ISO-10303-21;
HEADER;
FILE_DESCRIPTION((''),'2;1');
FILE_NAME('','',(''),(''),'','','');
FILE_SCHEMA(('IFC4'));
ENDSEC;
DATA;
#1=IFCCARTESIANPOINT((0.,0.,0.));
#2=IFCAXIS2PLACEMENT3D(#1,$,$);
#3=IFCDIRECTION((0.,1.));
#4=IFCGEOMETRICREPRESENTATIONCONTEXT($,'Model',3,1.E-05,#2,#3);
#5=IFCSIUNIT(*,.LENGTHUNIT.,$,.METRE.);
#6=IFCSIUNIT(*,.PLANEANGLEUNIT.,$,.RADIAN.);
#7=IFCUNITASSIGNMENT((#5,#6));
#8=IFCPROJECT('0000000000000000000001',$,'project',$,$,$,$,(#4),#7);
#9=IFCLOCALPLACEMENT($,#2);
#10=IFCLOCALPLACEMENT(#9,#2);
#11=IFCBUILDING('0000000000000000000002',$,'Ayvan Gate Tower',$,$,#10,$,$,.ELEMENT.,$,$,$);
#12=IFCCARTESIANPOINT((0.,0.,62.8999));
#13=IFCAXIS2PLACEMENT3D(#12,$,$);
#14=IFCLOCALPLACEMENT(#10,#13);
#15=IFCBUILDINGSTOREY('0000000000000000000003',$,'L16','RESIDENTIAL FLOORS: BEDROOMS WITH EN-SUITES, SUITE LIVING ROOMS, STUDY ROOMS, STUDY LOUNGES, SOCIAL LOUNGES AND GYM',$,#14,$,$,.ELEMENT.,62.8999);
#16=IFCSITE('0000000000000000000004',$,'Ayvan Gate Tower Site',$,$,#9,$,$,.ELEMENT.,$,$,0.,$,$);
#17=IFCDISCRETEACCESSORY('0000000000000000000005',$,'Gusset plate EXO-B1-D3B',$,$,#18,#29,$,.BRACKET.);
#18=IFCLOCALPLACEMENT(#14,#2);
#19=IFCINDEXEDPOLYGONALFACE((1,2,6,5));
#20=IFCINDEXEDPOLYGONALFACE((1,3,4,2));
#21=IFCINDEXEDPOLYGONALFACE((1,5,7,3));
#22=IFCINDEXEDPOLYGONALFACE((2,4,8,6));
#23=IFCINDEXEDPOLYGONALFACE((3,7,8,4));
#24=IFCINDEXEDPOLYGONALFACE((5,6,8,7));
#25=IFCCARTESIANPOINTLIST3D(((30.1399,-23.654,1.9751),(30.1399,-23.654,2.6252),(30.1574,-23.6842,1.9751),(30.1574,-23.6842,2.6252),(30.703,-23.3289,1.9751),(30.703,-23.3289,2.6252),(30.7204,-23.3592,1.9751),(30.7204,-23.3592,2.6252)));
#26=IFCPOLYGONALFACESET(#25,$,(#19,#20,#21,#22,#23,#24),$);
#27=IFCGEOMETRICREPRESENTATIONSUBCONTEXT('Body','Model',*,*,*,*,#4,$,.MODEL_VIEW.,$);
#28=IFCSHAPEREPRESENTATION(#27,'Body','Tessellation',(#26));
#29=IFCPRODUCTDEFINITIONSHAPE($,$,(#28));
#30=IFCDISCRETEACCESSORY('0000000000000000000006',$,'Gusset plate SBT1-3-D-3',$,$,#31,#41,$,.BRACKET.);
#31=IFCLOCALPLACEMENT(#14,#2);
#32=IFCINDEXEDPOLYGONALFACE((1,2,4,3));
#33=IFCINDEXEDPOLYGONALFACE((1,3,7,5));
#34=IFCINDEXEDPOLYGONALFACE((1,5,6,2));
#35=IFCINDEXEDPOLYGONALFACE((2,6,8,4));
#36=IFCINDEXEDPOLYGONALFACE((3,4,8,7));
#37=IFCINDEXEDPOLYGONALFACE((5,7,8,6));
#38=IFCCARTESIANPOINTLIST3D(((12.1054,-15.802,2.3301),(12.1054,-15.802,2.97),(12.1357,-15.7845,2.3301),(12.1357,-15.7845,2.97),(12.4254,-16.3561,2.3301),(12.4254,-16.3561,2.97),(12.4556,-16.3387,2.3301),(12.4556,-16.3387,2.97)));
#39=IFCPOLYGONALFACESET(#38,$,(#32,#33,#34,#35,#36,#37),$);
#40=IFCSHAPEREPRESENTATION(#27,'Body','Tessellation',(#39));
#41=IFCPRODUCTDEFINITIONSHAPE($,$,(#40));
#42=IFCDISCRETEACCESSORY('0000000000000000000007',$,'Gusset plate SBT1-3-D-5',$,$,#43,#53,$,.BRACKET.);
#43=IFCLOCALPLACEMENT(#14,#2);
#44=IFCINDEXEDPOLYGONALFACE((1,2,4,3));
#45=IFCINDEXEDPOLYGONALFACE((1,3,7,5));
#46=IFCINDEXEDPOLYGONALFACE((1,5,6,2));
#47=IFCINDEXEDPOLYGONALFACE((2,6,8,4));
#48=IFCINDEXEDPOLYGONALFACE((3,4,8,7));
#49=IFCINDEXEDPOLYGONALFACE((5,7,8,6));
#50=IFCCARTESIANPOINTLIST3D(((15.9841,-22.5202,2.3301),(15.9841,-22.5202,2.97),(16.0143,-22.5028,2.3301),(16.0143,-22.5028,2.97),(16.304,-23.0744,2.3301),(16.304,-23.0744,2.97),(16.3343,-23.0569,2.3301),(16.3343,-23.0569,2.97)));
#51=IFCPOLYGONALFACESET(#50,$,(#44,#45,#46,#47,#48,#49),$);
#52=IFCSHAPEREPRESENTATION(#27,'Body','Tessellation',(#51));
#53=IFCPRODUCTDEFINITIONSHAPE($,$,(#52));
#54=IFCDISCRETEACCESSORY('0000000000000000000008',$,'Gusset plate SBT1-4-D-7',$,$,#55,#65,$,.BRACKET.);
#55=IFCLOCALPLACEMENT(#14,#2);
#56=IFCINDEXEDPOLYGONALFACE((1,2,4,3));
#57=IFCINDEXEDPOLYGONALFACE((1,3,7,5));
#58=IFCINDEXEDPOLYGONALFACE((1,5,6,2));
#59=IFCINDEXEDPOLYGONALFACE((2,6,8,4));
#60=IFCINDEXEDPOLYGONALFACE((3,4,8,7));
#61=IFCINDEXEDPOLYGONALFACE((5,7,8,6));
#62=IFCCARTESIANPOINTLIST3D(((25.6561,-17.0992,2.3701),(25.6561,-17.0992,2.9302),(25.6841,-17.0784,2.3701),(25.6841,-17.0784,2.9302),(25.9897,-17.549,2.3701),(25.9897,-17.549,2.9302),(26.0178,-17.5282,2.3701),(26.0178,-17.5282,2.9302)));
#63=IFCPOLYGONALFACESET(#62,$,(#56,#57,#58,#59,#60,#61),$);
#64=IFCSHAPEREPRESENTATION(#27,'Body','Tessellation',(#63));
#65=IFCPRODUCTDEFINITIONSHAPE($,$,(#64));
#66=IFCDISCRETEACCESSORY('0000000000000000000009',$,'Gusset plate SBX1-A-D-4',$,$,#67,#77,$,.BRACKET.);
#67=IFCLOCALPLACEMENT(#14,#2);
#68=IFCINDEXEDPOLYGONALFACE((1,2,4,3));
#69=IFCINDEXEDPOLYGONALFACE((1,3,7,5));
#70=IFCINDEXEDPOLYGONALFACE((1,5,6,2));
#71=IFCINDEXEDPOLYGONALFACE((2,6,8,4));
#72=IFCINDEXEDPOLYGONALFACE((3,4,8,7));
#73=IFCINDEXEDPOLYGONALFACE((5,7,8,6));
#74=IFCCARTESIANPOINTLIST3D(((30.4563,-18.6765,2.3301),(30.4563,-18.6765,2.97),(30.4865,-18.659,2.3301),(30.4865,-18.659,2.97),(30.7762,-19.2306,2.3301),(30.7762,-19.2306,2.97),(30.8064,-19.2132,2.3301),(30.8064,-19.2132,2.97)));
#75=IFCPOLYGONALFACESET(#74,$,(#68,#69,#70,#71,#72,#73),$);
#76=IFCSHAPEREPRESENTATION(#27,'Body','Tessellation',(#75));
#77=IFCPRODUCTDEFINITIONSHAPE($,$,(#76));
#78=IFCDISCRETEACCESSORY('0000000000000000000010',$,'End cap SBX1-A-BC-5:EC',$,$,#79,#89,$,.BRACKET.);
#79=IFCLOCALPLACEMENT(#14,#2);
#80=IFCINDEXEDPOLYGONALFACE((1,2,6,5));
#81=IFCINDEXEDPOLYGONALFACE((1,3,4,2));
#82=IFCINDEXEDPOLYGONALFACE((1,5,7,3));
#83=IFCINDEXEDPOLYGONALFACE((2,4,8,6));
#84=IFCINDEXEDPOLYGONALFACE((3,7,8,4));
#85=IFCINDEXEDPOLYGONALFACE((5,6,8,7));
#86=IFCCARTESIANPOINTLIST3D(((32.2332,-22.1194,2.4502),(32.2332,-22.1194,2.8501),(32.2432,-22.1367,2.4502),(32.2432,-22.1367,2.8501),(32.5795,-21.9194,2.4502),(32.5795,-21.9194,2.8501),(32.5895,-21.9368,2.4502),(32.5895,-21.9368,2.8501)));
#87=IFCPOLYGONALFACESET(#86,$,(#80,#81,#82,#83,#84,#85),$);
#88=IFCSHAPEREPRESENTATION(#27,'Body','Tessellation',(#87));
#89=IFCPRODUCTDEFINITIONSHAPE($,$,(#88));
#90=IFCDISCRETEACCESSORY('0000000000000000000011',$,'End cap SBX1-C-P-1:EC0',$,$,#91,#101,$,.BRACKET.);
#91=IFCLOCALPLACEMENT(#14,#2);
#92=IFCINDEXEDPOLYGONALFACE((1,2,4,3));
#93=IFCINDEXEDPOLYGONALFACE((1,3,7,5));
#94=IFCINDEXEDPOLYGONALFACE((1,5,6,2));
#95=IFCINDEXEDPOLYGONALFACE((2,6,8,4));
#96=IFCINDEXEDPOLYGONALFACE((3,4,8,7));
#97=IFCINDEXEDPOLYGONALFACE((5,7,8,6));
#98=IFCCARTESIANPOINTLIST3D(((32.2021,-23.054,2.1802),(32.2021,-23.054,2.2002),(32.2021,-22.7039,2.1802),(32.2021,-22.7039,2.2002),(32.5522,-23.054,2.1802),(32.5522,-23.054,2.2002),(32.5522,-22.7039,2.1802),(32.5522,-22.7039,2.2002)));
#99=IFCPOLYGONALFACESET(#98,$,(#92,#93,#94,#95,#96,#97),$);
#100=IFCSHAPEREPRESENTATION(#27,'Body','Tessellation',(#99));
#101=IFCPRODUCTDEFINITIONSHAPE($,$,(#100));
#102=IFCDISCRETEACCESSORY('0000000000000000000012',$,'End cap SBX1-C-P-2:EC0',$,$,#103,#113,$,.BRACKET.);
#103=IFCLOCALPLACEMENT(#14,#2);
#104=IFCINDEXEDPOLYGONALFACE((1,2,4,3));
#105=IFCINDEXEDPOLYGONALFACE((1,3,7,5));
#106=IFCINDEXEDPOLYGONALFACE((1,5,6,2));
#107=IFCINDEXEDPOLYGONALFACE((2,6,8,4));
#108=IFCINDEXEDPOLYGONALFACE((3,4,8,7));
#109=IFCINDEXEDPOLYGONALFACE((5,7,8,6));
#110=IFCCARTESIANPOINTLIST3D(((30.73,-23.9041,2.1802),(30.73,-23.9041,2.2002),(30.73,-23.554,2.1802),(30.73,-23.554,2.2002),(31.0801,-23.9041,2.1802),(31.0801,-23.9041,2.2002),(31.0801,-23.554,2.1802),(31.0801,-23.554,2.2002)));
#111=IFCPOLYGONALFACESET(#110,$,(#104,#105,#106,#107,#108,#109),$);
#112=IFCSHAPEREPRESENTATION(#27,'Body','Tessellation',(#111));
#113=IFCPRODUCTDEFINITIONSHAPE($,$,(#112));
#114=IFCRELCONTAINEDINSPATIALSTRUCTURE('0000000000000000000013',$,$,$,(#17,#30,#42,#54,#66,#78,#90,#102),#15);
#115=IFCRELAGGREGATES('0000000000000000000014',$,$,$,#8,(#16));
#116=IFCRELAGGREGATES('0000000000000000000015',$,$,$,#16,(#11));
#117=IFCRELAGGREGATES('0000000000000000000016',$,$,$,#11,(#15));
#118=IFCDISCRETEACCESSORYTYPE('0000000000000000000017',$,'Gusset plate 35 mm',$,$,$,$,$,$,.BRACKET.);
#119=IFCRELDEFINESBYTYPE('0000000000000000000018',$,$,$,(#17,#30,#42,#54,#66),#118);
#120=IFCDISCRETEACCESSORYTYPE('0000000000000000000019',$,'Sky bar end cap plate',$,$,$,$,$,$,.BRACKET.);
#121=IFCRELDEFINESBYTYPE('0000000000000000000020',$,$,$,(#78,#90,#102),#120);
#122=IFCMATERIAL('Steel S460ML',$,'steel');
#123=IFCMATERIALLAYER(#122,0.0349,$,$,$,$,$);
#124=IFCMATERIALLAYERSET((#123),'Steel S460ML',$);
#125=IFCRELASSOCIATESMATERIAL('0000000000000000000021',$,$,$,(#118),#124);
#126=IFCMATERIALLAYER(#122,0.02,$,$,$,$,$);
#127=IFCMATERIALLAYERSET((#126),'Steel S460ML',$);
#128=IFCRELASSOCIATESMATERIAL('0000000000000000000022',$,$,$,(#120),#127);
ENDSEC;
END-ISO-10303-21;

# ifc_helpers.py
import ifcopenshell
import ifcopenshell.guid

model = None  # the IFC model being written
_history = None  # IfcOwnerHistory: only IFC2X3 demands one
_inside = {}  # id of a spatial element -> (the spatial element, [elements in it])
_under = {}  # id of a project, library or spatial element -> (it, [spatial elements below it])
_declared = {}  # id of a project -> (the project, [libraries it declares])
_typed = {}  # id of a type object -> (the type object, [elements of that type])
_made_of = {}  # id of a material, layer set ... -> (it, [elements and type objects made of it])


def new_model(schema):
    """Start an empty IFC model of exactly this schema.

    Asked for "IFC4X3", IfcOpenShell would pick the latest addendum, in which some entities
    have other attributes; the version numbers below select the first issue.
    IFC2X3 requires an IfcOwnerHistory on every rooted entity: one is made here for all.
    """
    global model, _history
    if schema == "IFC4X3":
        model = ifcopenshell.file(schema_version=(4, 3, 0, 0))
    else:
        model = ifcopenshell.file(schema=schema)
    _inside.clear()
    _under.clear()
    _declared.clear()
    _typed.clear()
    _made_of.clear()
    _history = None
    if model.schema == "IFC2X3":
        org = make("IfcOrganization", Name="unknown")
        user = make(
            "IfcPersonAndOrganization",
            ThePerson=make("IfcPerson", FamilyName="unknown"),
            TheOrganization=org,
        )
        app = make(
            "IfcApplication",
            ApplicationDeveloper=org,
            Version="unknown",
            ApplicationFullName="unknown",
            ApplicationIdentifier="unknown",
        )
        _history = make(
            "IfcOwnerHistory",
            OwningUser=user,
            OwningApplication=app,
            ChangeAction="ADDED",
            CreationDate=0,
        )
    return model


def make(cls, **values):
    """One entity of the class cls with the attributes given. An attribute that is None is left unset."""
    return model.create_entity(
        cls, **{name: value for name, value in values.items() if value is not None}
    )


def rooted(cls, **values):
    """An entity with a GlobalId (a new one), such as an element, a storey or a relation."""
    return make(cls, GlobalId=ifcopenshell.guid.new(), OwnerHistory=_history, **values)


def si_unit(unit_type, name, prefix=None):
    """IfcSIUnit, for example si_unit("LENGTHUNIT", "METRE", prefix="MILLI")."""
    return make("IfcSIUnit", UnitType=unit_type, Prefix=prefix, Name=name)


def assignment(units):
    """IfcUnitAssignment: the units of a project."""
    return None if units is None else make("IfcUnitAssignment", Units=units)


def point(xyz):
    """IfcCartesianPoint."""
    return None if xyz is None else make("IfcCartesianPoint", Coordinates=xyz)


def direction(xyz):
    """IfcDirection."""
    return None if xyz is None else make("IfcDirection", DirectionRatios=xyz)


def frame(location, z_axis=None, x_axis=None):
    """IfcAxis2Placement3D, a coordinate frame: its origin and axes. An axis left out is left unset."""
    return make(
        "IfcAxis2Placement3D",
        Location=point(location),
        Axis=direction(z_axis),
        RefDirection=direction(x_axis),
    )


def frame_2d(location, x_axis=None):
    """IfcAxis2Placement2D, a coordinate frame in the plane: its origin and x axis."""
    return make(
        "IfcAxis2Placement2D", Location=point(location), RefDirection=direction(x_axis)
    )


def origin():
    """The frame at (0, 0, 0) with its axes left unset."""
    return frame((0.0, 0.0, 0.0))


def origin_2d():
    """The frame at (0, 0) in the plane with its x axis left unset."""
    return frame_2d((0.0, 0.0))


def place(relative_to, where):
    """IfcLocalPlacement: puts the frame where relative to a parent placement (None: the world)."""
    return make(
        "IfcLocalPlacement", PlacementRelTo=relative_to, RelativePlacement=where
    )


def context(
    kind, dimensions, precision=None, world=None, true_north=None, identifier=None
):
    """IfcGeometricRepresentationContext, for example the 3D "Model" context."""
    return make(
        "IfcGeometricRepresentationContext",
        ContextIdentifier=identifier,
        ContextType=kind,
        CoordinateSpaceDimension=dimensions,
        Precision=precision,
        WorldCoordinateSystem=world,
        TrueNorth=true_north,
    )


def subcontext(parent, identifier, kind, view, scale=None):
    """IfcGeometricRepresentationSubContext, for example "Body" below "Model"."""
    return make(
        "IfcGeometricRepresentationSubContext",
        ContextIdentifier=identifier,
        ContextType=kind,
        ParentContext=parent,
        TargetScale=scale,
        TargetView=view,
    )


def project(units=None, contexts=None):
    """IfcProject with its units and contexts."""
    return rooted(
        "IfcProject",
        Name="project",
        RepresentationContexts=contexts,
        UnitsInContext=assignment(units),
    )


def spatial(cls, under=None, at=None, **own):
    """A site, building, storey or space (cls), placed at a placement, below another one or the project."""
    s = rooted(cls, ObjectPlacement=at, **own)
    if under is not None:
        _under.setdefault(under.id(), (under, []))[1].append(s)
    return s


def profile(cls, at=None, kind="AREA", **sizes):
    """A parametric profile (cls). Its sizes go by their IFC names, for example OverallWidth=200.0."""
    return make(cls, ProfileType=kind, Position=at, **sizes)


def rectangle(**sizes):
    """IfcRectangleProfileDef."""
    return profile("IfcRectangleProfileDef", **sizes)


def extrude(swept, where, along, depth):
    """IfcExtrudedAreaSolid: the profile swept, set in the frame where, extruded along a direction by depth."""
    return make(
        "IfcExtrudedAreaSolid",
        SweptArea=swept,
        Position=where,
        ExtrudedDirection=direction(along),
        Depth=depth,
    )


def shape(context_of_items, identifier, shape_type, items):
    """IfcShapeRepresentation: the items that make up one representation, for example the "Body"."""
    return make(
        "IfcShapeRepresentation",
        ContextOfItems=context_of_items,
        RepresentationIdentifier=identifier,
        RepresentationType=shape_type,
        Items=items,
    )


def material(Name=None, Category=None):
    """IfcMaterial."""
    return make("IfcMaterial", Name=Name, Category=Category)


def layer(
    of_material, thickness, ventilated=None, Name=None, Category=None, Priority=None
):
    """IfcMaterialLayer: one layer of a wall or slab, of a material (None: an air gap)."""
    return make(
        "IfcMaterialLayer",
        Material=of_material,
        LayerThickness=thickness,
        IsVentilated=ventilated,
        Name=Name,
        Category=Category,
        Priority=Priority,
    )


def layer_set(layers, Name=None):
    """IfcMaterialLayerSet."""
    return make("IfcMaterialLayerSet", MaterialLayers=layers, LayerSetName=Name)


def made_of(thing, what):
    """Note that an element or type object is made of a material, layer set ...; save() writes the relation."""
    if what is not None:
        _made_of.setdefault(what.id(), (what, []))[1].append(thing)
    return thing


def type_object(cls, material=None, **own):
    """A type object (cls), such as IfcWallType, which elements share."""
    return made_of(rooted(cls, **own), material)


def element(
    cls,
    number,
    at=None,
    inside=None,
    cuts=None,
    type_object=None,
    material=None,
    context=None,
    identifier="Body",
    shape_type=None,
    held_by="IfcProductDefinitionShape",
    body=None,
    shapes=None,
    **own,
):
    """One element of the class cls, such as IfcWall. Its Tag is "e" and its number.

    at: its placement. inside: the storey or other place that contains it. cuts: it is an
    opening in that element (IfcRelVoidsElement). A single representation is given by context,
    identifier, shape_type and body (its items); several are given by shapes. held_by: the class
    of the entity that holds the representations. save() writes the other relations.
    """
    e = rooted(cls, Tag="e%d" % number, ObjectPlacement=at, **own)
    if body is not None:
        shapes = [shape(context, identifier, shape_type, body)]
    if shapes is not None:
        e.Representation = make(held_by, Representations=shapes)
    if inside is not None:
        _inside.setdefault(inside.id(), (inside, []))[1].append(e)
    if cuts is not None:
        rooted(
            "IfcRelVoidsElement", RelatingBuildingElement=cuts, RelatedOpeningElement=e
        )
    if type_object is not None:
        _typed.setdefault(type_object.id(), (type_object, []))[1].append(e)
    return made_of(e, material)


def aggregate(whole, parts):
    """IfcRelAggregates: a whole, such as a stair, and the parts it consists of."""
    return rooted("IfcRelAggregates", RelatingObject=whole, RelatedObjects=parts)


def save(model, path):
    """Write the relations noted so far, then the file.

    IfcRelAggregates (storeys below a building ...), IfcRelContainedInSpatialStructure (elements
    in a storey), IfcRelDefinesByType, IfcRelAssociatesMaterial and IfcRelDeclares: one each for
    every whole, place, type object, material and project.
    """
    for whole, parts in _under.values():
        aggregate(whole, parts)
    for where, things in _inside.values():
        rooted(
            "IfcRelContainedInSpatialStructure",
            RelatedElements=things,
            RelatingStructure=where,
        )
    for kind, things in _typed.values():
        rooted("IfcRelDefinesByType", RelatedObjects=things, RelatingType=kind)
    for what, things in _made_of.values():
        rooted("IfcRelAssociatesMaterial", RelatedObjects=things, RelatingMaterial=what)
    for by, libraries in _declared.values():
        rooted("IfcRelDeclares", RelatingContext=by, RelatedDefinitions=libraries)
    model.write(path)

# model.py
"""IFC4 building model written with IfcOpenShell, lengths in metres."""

from ifc_helpers import new_model, si_unit, direction, frame, origin, origin_2d, place, context, subcontext, project, spatial, rectangle, extrude, material, layer, layer_set, type_object, element, save


model = new_model("IFC4")

# Units and contexts
model_context = context("Model", 3, precision=1e-05, world=origin(), true_north=direction((0.0, 1.0)))
body_context = subcontext(model_context, "Body", "Model", "MODEL_VIEW")
ifc_project = project(units=[si_unit("LENGTHUNIT", "METRE"), si_unit("PLANEANGLEUNIT", "RADIAN")], contexts=[model_context])

# Site, building, storey
site_placement = place(None, origin())
site = spatial("IfcSite", under=ifc_project, at=site_placement, Name="Ayvan Gate Tower Site", CompositionType="ELEMENT", RefElevation=0.0)
building_placement = place(site_placement, origin())
building = spatial("IfcBuilding", under=site, at=building_placement, Name="Ayvan Gate Tower", CompositionType="ELEMENT")
storey_placement = place(building_placement, frame((0.0, 0.0, 62.8999)))
storey = spatial("IfcBuildingStorey", under=building, at=storey_placement, Name="L16", Description="RESIDENTIAL FLOORS: BEDROOMS WITH EN-SUITES, SUITE LIVING ROOMS, STUDY ROOMS, STUDY LOUNGES, SOCIAL LOUNGES AND GYM", CompositionType="ELEMENT", Elevation=62.8999)

# Discrete accessories
ifc_material_1 = material(Name="Steel S460ML", Category="steel")
ifc_layer_1 = layer(ifc_material_1, 0.0349)
ifc_layer_set_1 = layer_set([ifc_layer_1], Name="Steel S460ML")
discrete_accessory_type_1 = type_object("IfcDiscreteAccessoryType", Name="Gusset plate 35 mm", PredefinedType="BRACKET", material=ifc_layer_set_1)
for number, where, z_axis, x_axis, name in (
    (1, (30.4302, -23.5066, 1.9751), (0.0, 0.0, 1.0), (0.866025, 0.5, 0.0), "Gusset plate EXO-B1-D3B"),
):
    element("IfcDiscreteAccessory", number, at=place(storey_placement, frame(where, z_axis=z_axis, x_axis=x_axis)), inside=storey, type_object=discrete_accessory_type_1, Name=name, PredefinedType="BRACKET", context=body_context, shape_type="SweptSolid", body=[
        extrude(rectangle(XDim=0.6501, YDim=0.0349, at=origin_2d()), origin(), (0.0, 0.0, 1.0), 0.6501),
    ])
for number, where, z_axis, x_axis, name in (
    (2, (12.2805, -16.0703, 2.3301), (0.0, 0.0, 1.0), (-0.5, 0.866025, 0.0), "Gusset plate SBT1-3-D-3"),
    (3, (16.1592, -22.7886, 2.3301), (0.0, 0.0, 1.0), (-0.5, 0.866025, 0.0), "Gusset plate SBT1-3-D-5"),
):
    element("IfcDiscreteAccessory", number, at=place(storey_placement, frame(where, z_axis=z_axis, x_axis=x_axis)), inside=storey, type_object=discrete_accessory_type_1, Name=name, PredefinedType="BRACKET", context=body_context, shape_type="SweptSolid", body=[
        extrude(rectangle(XDim=0.6399, YDim=0.0349, at=origin_2d()), origin(), (0.0, 0.0, 1.0), 0.6399),
    ])
discrete_accessory_1_placement = place(storey_placement, frame((25.8369, -17.3137, 2.3701), z_axis=(0.0, 0.0, 1.0), x_axis=(-0.595718, 0.803194, 0.0)))
element("IfcDiscreteAccessory", 4, at=discrete_accessory_1_placement, inside=storey, type_object=discrete_accessory_type_1, Name="Gusset plate SBT1-4-D-7", PredefinedType="BRACKET", context=body_context, shape_type="SweptSolid", body=[
    extrude(rectangle(XDim=0.5601, YDim=0.0349, at=origin_2d()), origin(), (0.0, 0.0, 1.0), 0.5601),
])
discrete_accessory_2_placement = place(storey_placement, frame((30.6313, -18.9448, 2.3301), z_axis=(0.0, 0.0, 1.0), x_axis=(-0.5, 0.866025, 0.0)))
element("IfcDiscreteAccessory", 5, at=discrete_accessory_2_placement, inside=storey, type_object=discrete_accessory_type_1, Name="Gusset plate SBX1-A-D-4", PredefinedType="BRACKET", context=body_context, shape_type="SweptSolid", body=[
    extrude(rectangle(XDim=0.6399, YDim=0.0349, at=origin_2d()), origin(), (0.0, 0.0, 1.0), 0.6399),
])
ifc_layer_2 = layer(ifc_material_1, 0.02)
ifc_layer_set_2 = layer_set([ifc_layer_2], Name="Steel S460ML")
discrete_accessory_type_2 = type_object("IfcDiscreteAccessoryType", Name="Sky bar end cap plate", PredefinedType="BRACKET", material=ifc_layer_set_2)
discrete_accessory_3_placement = place(storey_placement, frame((32.4114, -22.0281, 2.4502), z_axis=(0.0, 0.0, 1.0), x_axis=(0.5, -0.866025, 0.0)))
element("IfcDiscreteAccessory", 6, at=discrete_accessory_3_placement, inside=storey, type_object=discrete_accessory_type_2, Name="End cap SBX1-A-BC-5:EC", PredefinedType="BRACKET", context=body_context, shape_type="SweptSolid", body=[
    extrude(rectangle(XDim=0.02, YDim=0.3999, at=origin_2d()), origin(), (0.0, 0.0, 1.0), 0.3999),
])
for number, where, z_axis, x_axis, name in (
    (7, (32.3772, -22.8789, 2.1802), (0.0, 0.0, 1.0), (1.0, 0.0, 0.0), "End cap SBX1-C-P-1:EC0"),
    (8, (30.905, -23.729, 2.1802), (0.0, 0.0, 1.0), (1.0, 0.0, 0.0), "End cap SBX1-C-P-2:EC0"),
):
    element("IfcDiscreteAccessory", number, at=place(storey_placement, frame(where, z_axis=z_axis, x_axis=x_axis)), inside=storey, type_object=discrete_accessory_type_2, Name=name, PredefinedType="BRACKET", context=body_context, shape_type="SweptSolid", body=[
        extrude(rectangle(XDim=0.3501, YDim=0.3501, at=origin_2d()), origin(), (0.0, 0.0, 1.0), 0.02),
    ])

save(model, "model.ifc")
